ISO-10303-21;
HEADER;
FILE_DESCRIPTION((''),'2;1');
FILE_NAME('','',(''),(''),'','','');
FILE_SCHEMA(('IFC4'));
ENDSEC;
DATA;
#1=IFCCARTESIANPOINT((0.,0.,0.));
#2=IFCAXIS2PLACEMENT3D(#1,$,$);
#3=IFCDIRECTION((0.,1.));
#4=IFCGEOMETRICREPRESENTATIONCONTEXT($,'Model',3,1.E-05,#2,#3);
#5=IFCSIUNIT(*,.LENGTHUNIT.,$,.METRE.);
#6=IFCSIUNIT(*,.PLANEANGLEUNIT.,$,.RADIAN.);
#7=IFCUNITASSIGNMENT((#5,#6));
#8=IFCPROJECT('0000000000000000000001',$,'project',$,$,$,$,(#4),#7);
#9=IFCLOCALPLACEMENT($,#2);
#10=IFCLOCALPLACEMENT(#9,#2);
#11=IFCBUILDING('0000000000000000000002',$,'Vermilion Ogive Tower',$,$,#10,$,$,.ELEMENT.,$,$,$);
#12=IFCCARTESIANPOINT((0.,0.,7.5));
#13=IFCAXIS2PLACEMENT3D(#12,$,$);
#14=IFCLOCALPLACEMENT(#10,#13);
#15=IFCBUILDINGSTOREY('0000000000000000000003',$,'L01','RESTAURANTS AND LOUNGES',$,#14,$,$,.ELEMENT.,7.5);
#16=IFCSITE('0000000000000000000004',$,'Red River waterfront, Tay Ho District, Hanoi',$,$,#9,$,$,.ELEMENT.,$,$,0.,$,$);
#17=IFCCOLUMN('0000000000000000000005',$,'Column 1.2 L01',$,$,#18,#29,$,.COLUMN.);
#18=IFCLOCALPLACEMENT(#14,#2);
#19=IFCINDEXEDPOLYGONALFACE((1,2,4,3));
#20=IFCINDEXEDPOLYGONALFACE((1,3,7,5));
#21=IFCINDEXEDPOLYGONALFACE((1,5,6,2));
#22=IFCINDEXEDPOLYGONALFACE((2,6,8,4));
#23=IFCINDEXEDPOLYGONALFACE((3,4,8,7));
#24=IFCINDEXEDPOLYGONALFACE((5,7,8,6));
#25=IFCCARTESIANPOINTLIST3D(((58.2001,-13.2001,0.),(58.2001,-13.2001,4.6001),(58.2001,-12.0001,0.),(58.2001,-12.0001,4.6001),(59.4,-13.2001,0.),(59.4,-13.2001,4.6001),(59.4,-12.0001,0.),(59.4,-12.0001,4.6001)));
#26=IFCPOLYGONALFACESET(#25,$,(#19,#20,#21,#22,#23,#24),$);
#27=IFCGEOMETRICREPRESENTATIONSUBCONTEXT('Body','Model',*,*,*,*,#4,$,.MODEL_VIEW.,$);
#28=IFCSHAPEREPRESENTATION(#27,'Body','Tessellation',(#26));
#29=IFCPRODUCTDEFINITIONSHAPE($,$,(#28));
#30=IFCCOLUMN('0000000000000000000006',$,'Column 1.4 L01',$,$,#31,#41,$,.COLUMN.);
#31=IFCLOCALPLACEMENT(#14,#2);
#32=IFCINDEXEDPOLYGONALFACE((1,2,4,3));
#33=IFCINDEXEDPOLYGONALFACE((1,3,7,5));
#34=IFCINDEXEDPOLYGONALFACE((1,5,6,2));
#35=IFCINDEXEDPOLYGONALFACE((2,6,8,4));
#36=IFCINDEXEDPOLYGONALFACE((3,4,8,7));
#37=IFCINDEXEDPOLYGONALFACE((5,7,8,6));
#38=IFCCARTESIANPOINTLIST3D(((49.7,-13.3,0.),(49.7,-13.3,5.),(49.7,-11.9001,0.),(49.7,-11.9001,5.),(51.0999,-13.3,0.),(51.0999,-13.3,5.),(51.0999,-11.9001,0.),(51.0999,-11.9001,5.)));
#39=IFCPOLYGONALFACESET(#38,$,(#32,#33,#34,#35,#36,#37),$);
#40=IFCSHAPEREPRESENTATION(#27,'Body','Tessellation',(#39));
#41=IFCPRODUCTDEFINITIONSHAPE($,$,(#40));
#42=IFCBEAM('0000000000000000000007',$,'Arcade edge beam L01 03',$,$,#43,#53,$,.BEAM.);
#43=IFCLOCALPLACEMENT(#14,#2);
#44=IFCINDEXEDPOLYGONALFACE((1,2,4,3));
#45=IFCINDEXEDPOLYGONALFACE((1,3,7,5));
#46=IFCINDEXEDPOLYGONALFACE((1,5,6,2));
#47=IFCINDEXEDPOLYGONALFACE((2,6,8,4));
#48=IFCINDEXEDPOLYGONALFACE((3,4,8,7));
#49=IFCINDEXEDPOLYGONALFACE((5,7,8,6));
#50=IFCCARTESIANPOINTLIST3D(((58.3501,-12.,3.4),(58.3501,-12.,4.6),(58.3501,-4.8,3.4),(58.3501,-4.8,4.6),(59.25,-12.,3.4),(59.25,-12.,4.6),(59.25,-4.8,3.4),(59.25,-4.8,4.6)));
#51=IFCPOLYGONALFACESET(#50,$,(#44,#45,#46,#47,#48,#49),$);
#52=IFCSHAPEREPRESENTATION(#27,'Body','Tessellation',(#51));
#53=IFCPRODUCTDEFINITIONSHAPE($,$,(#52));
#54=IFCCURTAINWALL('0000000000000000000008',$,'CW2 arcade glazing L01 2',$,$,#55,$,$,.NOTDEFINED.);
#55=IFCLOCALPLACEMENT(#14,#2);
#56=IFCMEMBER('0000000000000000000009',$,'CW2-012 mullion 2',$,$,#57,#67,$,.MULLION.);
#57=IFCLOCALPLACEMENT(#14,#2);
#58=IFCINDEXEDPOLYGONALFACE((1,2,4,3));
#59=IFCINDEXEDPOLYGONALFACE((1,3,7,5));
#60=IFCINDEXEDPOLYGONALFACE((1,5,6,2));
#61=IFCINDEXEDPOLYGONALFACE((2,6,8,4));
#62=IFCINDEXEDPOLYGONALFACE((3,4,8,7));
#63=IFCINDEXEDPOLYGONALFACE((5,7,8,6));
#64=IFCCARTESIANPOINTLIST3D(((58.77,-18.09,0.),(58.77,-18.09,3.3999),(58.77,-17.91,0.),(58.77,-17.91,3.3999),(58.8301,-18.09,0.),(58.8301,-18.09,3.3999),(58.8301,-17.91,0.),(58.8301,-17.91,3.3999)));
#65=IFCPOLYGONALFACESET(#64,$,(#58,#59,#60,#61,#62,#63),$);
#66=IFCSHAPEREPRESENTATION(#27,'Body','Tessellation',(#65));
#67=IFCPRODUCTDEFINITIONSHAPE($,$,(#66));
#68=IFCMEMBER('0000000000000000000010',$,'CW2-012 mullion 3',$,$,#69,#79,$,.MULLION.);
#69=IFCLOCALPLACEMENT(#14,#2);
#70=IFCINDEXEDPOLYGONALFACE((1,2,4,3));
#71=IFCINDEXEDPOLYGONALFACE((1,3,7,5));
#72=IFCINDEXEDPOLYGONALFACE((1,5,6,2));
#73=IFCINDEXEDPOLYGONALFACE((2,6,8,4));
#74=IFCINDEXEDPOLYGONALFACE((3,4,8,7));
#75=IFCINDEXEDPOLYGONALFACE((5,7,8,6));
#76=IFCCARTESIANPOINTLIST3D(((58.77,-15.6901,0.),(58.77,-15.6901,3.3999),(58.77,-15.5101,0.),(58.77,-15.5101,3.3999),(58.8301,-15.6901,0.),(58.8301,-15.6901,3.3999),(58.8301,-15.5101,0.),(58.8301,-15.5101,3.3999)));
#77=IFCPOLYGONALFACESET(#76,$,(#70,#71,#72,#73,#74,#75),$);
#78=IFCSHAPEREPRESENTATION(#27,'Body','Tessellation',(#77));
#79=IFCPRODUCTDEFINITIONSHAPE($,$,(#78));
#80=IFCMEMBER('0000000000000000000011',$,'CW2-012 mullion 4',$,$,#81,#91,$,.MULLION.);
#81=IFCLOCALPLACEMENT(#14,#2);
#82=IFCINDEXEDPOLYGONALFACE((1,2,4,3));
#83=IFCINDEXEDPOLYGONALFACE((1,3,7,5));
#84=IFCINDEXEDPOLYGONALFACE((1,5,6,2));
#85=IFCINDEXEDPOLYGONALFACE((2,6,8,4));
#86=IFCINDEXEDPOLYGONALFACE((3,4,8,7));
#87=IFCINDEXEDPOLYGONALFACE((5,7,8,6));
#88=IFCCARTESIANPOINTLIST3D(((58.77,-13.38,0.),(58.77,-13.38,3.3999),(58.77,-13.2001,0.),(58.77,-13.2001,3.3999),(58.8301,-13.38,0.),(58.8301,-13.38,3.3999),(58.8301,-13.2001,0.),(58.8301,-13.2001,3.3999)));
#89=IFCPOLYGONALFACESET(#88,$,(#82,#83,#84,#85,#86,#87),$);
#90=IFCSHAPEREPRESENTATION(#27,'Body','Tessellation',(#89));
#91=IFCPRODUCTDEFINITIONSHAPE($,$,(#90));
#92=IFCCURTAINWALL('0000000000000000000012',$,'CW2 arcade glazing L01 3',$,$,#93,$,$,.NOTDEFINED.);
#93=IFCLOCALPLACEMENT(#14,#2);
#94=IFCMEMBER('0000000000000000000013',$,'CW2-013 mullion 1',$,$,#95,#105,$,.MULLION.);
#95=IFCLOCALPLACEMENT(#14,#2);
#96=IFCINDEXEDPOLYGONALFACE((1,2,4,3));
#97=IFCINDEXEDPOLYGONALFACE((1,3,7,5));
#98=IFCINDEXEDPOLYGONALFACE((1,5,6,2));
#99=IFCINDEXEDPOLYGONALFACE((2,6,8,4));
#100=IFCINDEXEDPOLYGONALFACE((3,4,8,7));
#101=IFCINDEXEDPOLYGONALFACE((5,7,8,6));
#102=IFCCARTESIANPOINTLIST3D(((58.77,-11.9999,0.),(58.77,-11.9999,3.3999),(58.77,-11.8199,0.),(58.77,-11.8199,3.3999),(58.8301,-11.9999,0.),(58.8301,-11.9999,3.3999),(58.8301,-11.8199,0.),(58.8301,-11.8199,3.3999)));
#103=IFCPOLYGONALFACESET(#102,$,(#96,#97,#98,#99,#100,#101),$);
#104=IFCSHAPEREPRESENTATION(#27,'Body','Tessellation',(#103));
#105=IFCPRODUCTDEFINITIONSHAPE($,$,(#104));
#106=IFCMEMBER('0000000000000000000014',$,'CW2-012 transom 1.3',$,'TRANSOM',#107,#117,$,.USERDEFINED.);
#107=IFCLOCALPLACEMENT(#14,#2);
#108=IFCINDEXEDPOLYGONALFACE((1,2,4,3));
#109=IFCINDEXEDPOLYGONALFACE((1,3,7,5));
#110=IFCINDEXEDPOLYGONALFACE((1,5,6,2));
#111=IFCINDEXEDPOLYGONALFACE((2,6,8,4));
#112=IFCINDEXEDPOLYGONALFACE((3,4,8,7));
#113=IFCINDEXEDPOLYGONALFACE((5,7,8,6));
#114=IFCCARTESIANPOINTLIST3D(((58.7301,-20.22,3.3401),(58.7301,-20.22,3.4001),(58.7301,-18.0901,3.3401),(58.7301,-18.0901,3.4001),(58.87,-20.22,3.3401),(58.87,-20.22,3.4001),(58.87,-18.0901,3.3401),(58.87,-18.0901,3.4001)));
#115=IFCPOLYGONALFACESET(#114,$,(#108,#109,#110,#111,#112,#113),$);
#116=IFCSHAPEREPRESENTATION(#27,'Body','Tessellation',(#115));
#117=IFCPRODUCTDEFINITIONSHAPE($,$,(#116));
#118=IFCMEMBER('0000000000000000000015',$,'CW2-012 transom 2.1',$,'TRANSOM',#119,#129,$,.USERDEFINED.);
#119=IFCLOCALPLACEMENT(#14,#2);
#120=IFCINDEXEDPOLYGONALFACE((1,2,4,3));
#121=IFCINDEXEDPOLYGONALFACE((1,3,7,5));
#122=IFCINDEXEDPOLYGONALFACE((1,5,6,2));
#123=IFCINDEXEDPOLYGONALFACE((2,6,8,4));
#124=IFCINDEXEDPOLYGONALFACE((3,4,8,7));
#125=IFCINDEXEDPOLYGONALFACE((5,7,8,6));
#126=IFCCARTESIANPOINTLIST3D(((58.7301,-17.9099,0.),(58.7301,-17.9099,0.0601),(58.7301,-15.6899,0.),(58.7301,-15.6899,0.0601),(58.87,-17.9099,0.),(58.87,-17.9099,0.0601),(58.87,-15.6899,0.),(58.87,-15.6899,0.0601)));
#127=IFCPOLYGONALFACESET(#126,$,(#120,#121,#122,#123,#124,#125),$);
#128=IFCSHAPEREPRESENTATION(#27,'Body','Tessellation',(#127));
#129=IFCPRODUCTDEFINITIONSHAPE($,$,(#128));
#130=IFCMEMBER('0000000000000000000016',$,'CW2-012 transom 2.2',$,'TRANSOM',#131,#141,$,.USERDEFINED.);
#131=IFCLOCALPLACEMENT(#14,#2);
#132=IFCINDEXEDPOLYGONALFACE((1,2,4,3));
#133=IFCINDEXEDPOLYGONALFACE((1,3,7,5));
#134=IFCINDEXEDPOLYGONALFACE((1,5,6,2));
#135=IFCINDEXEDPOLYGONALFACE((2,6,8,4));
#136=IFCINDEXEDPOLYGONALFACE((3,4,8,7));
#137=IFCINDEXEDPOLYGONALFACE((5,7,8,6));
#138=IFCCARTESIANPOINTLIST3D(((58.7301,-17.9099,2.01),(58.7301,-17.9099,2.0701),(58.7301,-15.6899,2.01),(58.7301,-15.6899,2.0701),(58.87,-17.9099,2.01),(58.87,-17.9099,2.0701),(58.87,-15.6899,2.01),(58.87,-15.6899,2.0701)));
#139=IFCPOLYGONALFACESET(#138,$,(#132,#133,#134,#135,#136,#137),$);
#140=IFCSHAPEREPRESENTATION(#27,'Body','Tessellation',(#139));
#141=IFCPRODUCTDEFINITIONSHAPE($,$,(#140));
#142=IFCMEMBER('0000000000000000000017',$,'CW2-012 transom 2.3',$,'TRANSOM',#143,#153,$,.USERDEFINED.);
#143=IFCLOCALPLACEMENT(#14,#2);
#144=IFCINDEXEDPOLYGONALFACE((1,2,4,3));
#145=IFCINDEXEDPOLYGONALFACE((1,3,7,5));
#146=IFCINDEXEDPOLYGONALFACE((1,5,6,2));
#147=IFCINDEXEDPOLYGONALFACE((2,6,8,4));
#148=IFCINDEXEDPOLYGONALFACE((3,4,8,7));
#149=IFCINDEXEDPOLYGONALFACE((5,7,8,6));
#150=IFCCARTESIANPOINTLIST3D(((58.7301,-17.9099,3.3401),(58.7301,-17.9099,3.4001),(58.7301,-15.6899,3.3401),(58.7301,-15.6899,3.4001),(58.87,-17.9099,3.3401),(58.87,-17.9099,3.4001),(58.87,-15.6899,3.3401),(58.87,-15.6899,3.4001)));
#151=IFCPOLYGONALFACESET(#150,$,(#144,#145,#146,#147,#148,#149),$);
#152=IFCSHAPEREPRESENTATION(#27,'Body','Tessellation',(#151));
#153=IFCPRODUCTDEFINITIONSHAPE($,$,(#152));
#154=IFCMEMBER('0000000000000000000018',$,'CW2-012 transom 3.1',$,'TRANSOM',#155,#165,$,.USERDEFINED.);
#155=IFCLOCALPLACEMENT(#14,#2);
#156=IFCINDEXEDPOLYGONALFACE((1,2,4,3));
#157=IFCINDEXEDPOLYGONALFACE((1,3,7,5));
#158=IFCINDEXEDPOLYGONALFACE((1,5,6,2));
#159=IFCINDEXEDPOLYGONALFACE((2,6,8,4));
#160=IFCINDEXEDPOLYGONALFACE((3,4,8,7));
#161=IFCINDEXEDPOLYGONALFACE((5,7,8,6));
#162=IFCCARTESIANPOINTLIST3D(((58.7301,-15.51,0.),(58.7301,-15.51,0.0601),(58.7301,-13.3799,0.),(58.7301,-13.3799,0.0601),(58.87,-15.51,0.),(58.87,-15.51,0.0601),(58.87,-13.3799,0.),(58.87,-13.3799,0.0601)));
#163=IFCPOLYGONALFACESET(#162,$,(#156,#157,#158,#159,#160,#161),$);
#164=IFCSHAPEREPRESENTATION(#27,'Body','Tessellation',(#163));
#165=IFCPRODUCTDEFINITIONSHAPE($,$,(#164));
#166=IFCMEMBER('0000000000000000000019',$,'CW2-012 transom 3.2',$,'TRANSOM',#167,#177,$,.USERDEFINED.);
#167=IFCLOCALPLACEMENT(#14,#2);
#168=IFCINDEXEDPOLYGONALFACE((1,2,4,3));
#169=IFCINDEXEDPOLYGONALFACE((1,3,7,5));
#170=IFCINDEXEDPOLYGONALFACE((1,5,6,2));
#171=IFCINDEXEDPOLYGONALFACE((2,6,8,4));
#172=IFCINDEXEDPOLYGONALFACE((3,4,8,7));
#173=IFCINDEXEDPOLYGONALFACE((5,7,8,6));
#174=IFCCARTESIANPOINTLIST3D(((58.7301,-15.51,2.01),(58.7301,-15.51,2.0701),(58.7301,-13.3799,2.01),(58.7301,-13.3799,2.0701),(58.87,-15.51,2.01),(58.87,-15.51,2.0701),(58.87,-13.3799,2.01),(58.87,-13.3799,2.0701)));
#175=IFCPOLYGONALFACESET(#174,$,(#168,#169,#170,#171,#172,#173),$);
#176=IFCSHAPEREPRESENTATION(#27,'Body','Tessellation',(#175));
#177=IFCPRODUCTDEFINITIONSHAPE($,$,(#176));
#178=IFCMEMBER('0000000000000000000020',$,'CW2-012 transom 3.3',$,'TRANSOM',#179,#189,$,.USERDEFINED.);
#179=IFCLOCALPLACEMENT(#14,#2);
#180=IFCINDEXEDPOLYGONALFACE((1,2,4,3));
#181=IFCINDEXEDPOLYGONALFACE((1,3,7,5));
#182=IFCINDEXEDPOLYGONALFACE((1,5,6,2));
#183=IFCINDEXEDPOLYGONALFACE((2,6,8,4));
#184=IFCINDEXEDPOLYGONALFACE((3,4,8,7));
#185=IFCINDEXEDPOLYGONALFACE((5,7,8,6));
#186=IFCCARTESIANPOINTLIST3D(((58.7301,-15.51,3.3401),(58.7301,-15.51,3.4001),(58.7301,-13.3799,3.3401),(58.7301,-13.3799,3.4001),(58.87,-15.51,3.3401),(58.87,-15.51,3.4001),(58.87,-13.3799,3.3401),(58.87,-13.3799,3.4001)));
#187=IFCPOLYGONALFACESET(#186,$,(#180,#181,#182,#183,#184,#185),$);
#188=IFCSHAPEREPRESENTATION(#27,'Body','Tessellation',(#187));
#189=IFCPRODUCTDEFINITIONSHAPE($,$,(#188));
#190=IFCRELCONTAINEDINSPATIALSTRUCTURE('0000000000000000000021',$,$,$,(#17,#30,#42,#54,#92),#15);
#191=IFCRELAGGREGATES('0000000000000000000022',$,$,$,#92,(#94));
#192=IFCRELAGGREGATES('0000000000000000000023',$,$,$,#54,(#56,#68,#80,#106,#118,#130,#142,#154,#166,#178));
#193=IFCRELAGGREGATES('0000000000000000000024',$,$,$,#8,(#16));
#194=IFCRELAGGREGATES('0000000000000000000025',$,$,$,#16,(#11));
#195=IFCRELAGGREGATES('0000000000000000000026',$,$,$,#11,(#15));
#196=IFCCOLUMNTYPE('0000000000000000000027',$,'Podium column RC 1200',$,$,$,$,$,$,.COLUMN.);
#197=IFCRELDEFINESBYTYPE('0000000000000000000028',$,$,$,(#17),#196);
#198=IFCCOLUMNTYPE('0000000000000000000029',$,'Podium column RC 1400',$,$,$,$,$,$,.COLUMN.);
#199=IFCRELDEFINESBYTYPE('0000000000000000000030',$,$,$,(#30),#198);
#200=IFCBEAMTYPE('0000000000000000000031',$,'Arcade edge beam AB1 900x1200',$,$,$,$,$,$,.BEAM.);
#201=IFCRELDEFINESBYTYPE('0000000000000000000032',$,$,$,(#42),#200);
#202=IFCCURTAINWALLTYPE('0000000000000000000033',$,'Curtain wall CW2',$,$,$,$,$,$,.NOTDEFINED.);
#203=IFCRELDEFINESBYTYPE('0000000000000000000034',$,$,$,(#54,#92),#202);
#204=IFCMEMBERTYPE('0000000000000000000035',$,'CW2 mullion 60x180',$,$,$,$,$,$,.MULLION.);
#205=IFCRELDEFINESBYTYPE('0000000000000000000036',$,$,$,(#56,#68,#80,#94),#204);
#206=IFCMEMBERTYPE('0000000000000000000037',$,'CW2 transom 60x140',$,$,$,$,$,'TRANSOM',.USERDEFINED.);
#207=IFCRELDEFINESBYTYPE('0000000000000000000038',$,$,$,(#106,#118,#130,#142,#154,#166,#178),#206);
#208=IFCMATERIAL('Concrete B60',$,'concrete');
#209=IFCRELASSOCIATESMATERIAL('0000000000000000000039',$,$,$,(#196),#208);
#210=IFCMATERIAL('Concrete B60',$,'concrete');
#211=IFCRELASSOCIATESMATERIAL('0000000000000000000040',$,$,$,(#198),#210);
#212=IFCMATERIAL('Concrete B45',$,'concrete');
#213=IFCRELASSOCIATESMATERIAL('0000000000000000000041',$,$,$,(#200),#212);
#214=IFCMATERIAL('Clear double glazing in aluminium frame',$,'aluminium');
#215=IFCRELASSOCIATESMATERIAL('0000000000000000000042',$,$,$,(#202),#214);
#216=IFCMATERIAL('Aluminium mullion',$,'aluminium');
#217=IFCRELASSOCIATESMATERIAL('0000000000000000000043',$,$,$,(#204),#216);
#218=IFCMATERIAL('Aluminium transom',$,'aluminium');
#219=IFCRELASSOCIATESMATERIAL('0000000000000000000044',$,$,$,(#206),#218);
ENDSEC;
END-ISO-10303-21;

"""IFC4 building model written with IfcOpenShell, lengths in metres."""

from ifc_helpers import new_model, si_unit, direction, frame, origin, origin_2d, place, context, subcontext, project, spatial, rectangle, extrude, material, material_profile, profile_set, type_object, element, aggregate, save


model = new_model("IFC4")

# Units and contexts
model_context = context("Model", 3, precision=1e-05, world=origin(), true_north=direction((0.0, 1.0)))
body_context = subcontext(model_context, "Body", "Model", "MODEL_VIEW")
ifc_project = project(units=[si_unit("LENGTHUNIT", "METRE"), si_unit("PLANEANGLEUNIT", "RADIAN")], contexts=[model_context])

# Site, building, storey
site_placement = place(None, origin())
site = spatial("IfcSite", under=ifc_project, at=site_placement, Name="Red River waterfront, Tay Ho District, Hanoi", CompositionType="ELEMENT", RefElevation=0.0)
building_placement = place(site_placement, origin())
building = spatial("IfcBuilding", under=site, at=building_placement, Name="Vermilion Ogive Tower", CompositionType="ELEMENT")
storey_placement = place(building_placement, frame((0.0, 0.0, 7.5)))
storey = spatial("IfcBuildingStorey", under=building, at=storey_placement, Name="L01", Description="RESTAURANTS AND LOUNGES", CompositionType="ELEMENT", Elevation=7.5)

# Columns
ifc_material_1 = material(Name="Concrete B60", Category="concrete")
ifc_material_profile_1 = material_profile(ifc_material_1, rectangle(XDim=1.2, YDim=1.2, at=origin_2d()), Name="RC 1200x1200")
ifc_profile_set_1 = profile_set([ifc_material_profile_1], Name="Concrete B60")
column_type_1 = type_object("IfcColumnType", Name="Podium column RC 1200", PredefinedType="COLUMN", material=ifc_profile_set_1)
column_1_placement = place(storey_placement, frame((58.8, -12.6001, 0.0), z_axis=(0.0, 0.0, 1.0), x_axis=(1.0, 0.0, 0.0)))
element("IfcColumn", 1, at=column_1_placement, inside=storey, type_object=column_type_1, Name="Column 1.2 L01", PredefinedType="COLUMN", context=body_context, shape_type="SweptSolid", body=[
    extrude(rectangle(XDim=1.2, YDim=1.2, at=origin_2d()), origin(), (0.0, 0.0, 1.0), 4.6001),
])
ifc_material_2 = material(Name="Concrete B60", Category="concrete")
ifc_material_profile_2 = material_profile(ifc_material_2, rectangle(XDim=1.3999, YDim=1.3999, at=origin_2d()), Name="RC 1400x1400")
ifc_profile_set_2 = profile_set([ifc_material_profile_2], Name="Concrete B60")
column_type_2 = type_object("IfcColumnType", Name="Podium column RC 1400", PredefinedType="COLUMN", material=ifc_profile_set_2)
column_2_placement = place(storey_placement, frame((50.3999, -12.6001, 0.0), z_axis=(0.0, 0.0, 1.0), x_axis=(1.0, 0.0, 0.0)))
element("IfcColumn", 2, at=column_2_placement, inside=storey, type_object=column_type_2, Name="Column 1.4 L01", PredefinedType="COLUMN", context=body_context, shape_type="SweptSolid", body=[
    extrude(rectangle(XDim=1.3999, YDim=1.3999, at=origin_2d()), origin(), (0.0, 0.0, 1.0), 5.0),
])

# Beam
ifc_material_3 = material(Name="Concrete B45", Category="concrete")
ifc_material_profile_3 = material_profile(ifc_material_3, rectangle(XDim=0.8999, YDim=1.2, at=origin_2d()), Name="RC 900x1200")
ifc_profile_set_3 = profile_set([ifc_material_profile_3], Name="Concrete B45")
beam_type_1 = type_object("IfcBeamType", Name="Arcade edge beam AB1 900x1200", PredefinedType="BEAM", material=ifc_profile_set_3)
beam_1_placement = place(storey_placement, frame((58.8, -12.0, 4.0), z_axis=(0.0, 1.0, 0.0), x_axis=(-1.0, 0.0, 0.0)))
element("IfcBeam", 3, at=beam_1_placement, inside=storey, type_object=beam_type_1, Name="Arcade edge beam L01 03", PredefinedType="BEAM", context=body_context, shape_type="SweptSolid", body=[
    extrude(rectangle(XDim=0.8999, YDim=1.2, at=origin_2d()), origin(), (0.0, 0.0, 1.0), 7.2),
])

# Curtain wall, members
ifc_material_4 = material(Name="Clear double glazing in aluminium frame", Category="aluminium")
curtain_wall_type = type_object("IfcCurtainWallType", Name="Curtain wall CW2", PredefinedType="NOTDEFINED", material=ifc_material_4)
curtain_wall_1_placement = place(storey_placement, origin())
curtain_wall_1 = element("IfcCurtainWall", 4, at=curtain_wall_1_placement, inside=storey, type_object=curtain_wall_type, Name="CW2 arcade glazing L01 2", PredefinedType="NOTDEFINED")
ifc_material_5 = material(Name="Aluminium mullion", Category="aluminium")
ifc_material_profile_4 = material_profile(ifc_material_5, rectangle(XDim=0.0601, YDim=0.1799, at=origin_2d()), Name="AL 60x180")
ifc_profile_set_4 = profile_set([ifc_material_profile_4], Name="Aluminium mullion")
member_type_1 = type_object("IfcMemberType", Name="CW2 mullion 60x180", PredefinedType="MULLION", material=ifc_profile_set_4)
member_1_placement = place(storey_placement, frame((58.8, -18.0, 0.0), z_axis=(0.0, 0.0, 1.0), x_axis=(-1.0, 0.0, 0.0)))
member_1 = element("IfcMember", 5, at=member_1_placement, type_object=member_type_1, Name="CW2-012 mullion 2", PredefinedType="MULLION", context=body_context, shape_type="SweptSolid", body=[
    extrude(rectangle(XDim=0.0601, YDim=0.1799, at=origin_2d()), origin(), (0.0, 0.0, 1.0), 3.3999),
])
member_2_placement = place(storey_placement, frame((58.8, -15.6001, 0.0), z_axis=(0.0, 0.0, 1.0), x_axis=(-1.0, 0.0, 0.0)))
member_2 = element("IfcMember", 6, at=member_2_placement, type_object=member_type_1, Name="CW2-012 mullion 3", PredefinedType="MULLION", context=body_context, shape_type="SweptSolid", body=[
    extrude(rectangle(XDim=0.0601, YDim=0.1799, at=origin_2d()), origin(), (0.0, 0.0, 1.0), 3.3999),
])
member_3_placement = place(storey_placement, frame((58.8, -13.29, 0.0), z_axis=(0.0, 0.0, 1.0), x_axis=(-1.0, 0.0, 0.0)))
member_3 = element("IfcMember", 7, at=member_3_placement, type_object=member_type_1, Name="CW2-012 mullion 4", PredefinedType="MULLION", context=body_context, shape_type="SweptSolid", body=[
    extrude(rectangle(XDim=0.0601, YDim=0.1799, at=origin_2d()), origin(), (0.0, 0.0, 1.0), 3.3999),
])

# Curtain wall, member
curtain_wall_2_placement = place(storey_placement, origin())
curtain_wall_2 = element("IfcCurtainWall", 8, at=curtain_wall_2_placement, inside=storey, type_object=curtain_wall_type, Name="CW2 arcade glazing L01 3", PredefinedType="NOTDEFINED")
member_4_placement = place(storey_placement, frame((58.8, -11.9099, 0.0), z_axis=(0.0, 0.0, 1.0), x_axis=(-1.0, 0.0, 0.0)))
member_4 = element("IfcMember", 9, at=member_4_placement, type_object=member_type_1, Name="CW2-013 mullion 1", PredefinedType="MULLION", context=body_context, shape_type="SweptSolid", body=[
    extrude(rectangle(XDim=0.0601, YDim=0.1799, at=origin_2d()), origin(), (0.0, 0.0, 1.0), 3.3999),
])

# Members
ifc_material_6 = material(Name="Aluminium transom", Category="aluminium")
ifc_material_profile_5 = material_profile(ifc_material_6, rectangle(XDim=0.1399, YDim=0.0601, at=origin_2d()), Name="AL 60x140")
ifc_profile_set_5 = profile_set([ifc_material_profile_5], Name="Aluminium transom")
member_type_2 = type_object("IfcMemberType", Name="CW2 transom 60x140", ElementType="TRANSOM", PredefinedType="USERDEFINED", material=ifc_profile_set_5)
member_5_placement = place(storey_placement, frame((58.8, -20.22, 3.3701), z_axis=(0.0, 1.0, 0.0), x_axis=(-1.0, 0.0, 0.0)))
member_5 = element("IfcMember", 10, at=member_5_placement, type_object=member_type_2, Name="CW2-012 transom 1.3", ObjectType="TRANSOM", PredefinedType="USERDEFINED", context=body_context, shape_type="SweptSolid", body=[
    extrude(rectangle(XDim=0.1399, YDim=0.0601, at=origin_2d()), origin(), (0.0, 0.0, 1.0), 2.1299),
])
member_6_placement = place(storey_placement, frame((58.8, -17.9099, 0.03), z_axis=(0.0, 1.0, 0.0), x_axis=(-1.0, 0.0, 0.0)))
member_6 = element("IfcMember", 11, at=member_6_placement, type_object=member_type_2, Name="CW2-012 transom 2.1", ObjectType="TRANSOM", PredefinedType="USERDEFINED", context=body_context, shape_type="SweptSolid", body=[
    extrude(rectangle(XDim=0.1399, YDim=0.0601, at=origin_2d()), origin(), (0.0, 0.0, 1.0), 2.22),
])
member_7_placement = place(storey_placement, frame((58.8, -17.9099, 2.04), z_axis=(0.0, 1.0, 0.0), x_axis=(-1.0, 0.0, 0.0)))
member_7 = element("IfcMember", 12, at=member_7_placement, type_object=member_type_2, Name="CW2-012 transom 2.2", ObjectType="TRANSOM", PredefinedType="USERDEFINED", context=body_context, shape_type="SweptSolid", body=[
    extrude(rectangle(XDim=0.1399, YDim=0.0601, at=origin_2d()), origin(), (0.0, 0.0, 1.0), 2.22),
])
member_8_placement = place(storey_placement, frame((58.8, -17.9099, 3.3701), z_axis=(0.0, 1.0, 0.0), x_axis=(-1.0, 0.0, 0.0)))
member_8 = element("IfcMember", 13, at=member_8_placement, type_object=member_type_2, Name="CW2-012 transom 2.3", ObjectType="TRANSOM", PredefinedType="USERDEFINED", context=body_context, shape_type="SweptSolid", body=[
    extrude(rectangle(XDim=0.1399, YDim=0.0601, at=origin_2d()), origin(), (0.0, 0.0, 1.0), 2.22),
])
member_9_placement = place(storey_placement, frame((58.8, -15.51, 0.03), z_axis=(0.0, 1.0, 0.0), x_axis=(-1.0, 0.0, 0.0)))
member_9 = element("IfcMember", 14, at=member_9_placement, type_object=member_type_2, Name="CW2-012 transom 3.1", ObjectType="TRANSOM", PredefinedType="USERDEFINED", context=body_context, shape_type="SweptSolid", body=[
    extrude(rectangle(XDim=0.1399, YDim=0.0601, at=origin_2d()), origin(), (0.0, 0.0, 1.0), 2.1301),
])
member_10_placement = place(storey_placement, frame((58.8, -15.51, 2.04), z_axis=(0.0, 1.0, 0.0), x_axis=(-1.0, 0.0, 0.0)))
member_10 = element("IfcMember", 15, at=member_10_placement, type_object=member_type_2, Name="CW2-012 transom 3.2", ObjectType="TRANSOM", PredefinedType="USERDEFINED", context=body_context, shape_type="SweptSolid", body=[
    extrude(rectangle(XDim=0.1399, YDim=0.0601, at=origin_2d()), origin(), (0.0, 0.0, 1.0), 2.1301),
])
member_11_placement = place(storey_placement, frame((58.8, -15.51, 3.3701), z_axis=(0.0, 1.0, 0.0), x_axis=(-1.0, 0.0, 0.0)))
member_11 = element("IfcMember", 16, at=member_11_placement, type_object=member_type_2, Name="CW2-012 transom 3.3", ObjectType="TRANSOM", PredefinedType="USERDEFINED", context=body_context, shape_type="SweptSolid", body=[
    extrude(rectangle(XDim=0.1399, YDim=0.0601, at=origin_2d()), origin(), (0.0, 0.0, 1.0), 2.1301),
])
aggregate(curtain_wall_2, [member_4])

aggregate(curtain_wall_1, [member_1, member_2, member_3, member_5, member_6, member_7, member_8, member_9, member_10, member_11])

save(model, "model.ifc")
